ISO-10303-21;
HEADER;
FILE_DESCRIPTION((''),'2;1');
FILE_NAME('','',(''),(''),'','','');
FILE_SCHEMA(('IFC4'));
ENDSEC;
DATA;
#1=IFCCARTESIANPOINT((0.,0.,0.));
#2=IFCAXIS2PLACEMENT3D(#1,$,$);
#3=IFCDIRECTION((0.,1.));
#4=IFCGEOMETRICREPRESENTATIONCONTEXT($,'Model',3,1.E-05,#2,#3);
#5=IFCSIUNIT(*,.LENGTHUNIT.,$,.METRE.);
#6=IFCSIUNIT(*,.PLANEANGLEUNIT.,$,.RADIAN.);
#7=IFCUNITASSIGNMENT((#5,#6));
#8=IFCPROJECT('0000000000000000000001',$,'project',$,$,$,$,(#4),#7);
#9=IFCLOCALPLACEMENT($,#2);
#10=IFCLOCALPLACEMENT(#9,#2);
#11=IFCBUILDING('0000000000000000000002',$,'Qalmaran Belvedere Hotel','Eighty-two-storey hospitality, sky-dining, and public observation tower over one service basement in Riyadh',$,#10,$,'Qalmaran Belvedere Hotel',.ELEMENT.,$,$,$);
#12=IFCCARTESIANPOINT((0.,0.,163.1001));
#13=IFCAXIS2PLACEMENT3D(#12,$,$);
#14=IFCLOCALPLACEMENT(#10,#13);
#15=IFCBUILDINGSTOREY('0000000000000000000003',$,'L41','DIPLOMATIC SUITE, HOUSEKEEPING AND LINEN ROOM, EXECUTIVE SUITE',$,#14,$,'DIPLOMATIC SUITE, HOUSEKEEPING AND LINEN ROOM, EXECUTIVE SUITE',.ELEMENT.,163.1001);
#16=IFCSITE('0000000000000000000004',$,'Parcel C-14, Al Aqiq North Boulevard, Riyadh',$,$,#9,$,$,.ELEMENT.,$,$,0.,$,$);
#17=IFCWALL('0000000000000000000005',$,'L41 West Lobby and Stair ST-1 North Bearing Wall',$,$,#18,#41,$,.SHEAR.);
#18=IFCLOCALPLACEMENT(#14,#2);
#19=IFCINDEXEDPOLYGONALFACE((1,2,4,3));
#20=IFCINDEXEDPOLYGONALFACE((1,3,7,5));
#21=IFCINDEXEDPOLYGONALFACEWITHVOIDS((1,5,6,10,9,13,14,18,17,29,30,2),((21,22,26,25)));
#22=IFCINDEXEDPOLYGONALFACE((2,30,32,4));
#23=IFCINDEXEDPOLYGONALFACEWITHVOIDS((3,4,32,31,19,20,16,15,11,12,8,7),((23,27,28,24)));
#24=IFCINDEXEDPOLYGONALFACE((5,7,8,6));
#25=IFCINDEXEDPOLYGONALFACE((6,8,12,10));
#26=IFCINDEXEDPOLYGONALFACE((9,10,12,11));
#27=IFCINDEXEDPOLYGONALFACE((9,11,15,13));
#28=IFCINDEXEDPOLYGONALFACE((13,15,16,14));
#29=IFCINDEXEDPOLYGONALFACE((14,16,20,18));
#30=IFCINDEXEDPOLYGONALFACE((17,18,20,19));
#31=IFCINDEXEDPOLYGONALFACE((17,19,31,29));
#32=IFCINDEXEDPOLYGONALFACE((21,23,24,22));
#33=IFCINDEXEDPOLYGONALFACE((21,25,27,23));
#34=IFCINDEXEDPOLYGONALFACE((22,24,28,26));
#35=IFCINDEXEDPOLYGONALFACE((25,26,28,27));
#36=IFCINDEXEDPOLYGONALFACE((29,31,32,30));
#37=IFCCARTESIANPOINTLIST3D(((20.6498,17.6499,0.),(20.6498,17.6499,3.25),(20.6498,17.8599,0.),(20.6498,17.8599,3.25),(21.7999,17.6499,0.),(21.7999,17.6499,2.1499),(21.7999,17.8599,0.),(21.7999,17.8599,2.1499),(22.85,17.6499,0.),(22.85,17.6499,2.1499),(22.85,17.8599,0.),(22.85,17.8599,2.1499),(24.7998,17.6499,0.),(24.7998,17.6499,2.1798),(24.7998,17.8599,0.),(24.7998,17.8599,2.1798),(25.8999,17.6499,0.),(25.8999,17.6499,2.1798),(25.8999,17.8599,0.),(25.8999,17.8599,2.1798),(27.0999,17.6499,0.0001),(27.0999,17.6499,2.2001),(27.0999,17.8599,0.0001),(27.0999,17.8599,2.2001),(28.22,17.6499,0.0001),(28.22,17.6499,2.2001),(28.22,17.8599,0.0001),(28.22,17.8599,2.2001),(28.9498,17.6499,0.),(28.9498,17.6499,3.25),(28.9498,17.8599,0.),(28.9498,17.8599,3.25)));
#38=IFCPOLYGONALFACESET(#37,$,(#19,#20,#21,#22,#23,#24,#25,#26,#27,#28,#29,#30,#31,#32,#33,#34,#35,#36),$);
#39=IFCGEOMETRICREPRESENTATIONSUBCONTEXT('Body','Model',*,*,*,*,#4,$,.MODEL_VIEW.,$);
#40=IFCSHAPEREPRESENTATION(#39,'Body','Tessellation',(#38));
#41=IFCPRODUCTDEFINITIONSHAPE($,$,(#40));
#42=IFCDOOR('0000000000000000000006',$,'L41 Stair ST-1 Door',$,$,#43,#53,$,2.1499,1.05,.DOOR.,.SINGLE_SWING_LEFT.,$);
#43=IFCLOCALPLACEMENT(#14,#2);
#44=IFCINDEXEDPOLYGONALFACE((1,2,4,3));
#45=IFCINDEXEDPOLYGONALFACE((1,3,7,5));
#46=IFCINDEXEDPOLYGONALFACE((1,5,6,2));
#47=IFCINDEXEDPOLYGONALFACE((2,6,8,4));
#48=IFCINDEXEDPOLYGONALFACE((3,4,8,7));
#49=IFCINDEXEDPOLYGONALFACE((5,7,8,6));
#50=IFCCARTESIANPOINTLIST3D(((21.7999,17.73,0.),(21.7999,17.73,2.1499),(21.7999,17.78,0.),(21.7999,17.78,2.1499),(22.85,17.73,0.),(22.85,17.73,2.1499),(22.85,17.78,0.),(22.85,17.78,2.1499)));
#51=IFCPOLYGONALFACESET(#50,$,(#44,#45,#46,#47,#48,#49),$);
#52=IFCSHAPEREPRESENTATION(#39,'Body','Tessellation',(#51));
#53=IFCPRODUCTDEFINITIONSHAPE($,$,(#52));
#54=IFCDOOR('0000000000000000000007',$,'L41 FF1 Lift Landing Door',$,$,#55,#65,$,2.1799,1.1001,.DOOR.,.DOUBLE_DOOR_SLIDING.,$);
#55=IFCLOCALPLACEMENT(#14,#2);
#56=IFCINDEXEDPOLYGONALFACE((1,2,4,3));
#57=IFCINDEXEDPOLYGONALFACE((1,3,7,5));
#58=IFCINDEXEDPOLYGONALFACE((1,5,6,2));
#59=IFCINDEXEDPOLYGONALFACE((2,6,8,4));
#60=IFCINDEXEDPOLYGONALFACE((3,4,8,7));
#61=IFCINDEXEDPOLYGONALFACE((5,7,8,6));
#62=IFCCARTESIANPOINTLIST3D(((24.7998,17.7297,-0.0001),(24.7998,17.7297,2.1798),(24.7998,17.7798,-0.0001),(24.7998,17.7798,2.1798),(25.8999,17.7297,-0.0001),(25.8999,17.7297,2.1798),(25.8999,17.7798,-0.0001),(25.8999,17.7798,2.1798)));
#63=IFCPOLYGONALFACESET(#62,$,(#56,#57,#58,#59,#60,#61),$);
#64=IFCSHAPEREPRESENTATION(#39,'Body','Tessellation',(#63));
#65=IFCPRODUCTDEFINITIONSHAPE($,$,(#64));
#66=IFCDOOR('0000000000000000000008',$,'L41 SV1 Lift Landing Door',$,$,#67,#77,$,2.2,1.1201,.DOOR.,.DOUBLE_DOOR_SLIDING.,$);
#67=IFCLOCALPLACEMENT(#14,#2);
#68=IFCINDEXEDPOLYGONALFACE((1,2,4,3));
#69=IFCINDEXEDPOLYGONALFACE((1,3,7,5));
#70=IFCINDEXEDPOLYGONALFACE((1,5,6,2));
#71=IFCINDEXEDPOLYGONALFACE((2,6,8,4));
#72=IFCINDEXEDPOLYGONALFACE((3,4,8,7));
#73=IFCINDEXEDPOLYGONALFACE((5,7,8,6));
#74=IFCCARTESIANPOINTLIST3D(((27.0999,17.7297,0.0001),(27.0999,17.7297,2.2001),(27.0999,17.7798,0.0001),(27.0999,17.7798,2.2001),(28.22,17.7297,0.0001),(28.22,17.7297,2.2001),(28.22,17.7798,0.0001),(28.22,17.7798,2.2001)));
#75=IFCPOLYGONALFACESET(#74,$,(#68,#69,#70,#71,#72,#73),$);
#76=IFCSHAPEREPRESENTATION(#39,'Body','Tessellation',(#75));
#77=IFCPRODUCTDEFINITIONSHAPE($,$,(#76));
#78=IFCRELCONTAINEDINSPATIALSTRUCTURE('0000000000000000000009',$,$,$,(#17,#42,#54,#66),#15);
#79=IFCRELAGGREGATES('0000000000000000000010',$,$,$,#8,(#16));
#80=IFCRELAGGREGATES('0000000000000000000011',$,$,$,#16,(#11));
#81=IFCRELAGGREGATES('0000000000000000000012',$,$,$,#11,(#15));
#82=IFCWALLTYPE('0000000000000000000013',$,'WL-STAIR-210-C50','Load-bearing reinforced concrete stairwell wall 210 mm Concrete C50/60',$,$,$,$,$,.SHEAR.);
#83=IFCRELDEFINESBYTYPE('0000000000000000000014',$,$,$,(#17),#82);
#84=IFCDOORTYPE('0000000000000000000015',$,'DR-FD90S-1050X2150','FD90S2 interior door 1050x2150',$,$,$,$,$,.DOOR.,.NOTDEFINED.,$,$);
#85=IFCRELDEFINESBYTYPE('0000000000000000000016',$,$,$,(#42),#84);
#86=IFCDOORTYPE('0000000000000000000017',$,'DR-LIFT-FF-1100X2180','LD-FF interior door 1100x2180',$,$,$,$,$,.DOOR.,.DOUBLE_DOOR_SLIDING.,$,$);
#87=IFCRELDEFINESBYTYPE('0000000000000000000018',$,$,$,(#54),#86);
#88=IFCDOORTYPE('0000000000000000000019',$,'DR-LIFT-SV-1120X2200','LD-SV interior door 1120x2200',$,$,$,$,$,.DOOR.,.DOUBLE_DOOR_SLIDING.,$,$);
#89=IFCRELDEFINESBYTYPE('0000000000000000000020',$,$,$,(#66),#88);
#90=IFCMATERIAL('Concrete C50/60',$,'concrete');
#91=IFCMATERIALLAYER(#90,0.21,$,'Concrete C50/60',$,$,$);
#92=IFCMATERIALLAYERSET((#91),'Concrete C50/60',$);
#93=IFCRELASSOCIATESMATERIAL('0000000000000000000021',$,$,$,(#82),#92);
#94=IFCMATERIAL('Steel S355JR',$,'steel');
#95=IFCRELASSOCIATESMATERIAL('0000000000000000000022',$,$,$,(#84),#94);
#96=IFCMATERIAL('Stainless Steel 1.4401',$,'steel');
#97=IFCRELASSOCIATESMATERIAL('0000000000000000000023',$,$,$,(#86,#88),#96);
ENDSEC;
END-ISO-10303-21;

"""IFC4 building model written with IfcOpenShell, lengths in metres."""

from ifc_helpers import new_model, si_unit, direction, frame, frame_2d, origin, place, context, subcontext, project, spatial, rectangle, extrude, material, layer, layer_set, type_object, element, fill, save


model = new_model("IFC4")

# Units and contexts
model_context = context("Model", 3, precision=1e-05, world=origin(), true_north=direction((0.0, 1.0)))
body_context = subcontext(model_context, "Body", "Model", "MODEL_VIEW")
ifc_project = project(units=[si_unit("LENGTHUNIT", "METRE"), si_unit("PLANEANGLEUNIT", "RADIAN")], contexts=[model_context])

# Site, building, storey
site_placement = place(None, origin())
site = spatial("IfcSite", under=ifc_project, at=site_placement, Name="Parcel C-14, Al Aqiq North Boulevard, Riyadh", CompositionType="ELEMENT", RefElevation=0.0)
building_placement = place(site_placement, origin())
building = spatial("IfcBuilding", under=site, at=building_placement, Name="Qalmaran Belvedere Hotel", Description="Eighty-two-storey hospitality, sky-dining, and public observation tower over one service basement in Riyadh", LongName="Qalmaran Belvedere Hotel", CompositionType="ELEMENT")
storey_placement = place(building_placement, frame((0.0, 0.0, 163.1001)))
storey = spatial("IfcBuildingStorey", under=building, at=storey_placement, Name="L41", Description="DIPLOMATIC SUITE, HOUSEKEEPING AND LINEN ROOM, EXECUTIVE SUITE", LongName="DIPLOMATIC SUITE, HOUSEKEEPING AND LINEN ROOM, EXECUTIVE SUITE", CompositionType="ELEMENT", Elevation=163.1001)

# Shared definitions
ifc_material_1 = material(Name="Concrete C50/60", Category="concrete")

# Shared definitions
ifc_material_2 = material(Name="Steel S355JR", Category="steel")

# Wall, openings, doors
ifc_layer_1 = layer(ifc_material_1, 0.21, Name="Concrete C50/60")
ifc_layer_set_1 = layer_set([ifc_layer_1], Name="Concrete C50/60")
wall_type_1 = type_object("IfcWallType", Name="WL-STAIR-210-C50", Description="Load-bearing reinforced concrete stairwell wall 210 mm Concrete C50/60", PredefinedType="SHEAR", material=ifc_layer_set_1)
wall_1_placement = place(storey_placement, frame((20.6499, 17.7549, 0.0), z_axis=(0.0, 0.0, 1.0), x_axis=(1.0, 0.0, 0.0)))
wall_1 = element("IfcWall", 1, at=wall_1_placement, inside=storey, type_object=wall_type_1, Name="L41 West Lobby and Stair ST-1 North Bearing Wall", PredefinedType="SHEAR", context=body_context, shape_type="SweptSolid", body=[
    extrude(rectangle(XDim=8.3, YDim=0.21, at=frame_2d((4.1499, 0.0))), origin(), (0.0, 0.0, 1.0), 3.25),
])
opening_1_placement = place(wall_1_placement, frame((2.2, 0.0, 0.0), z_axis=(0.0, 0.0, 1.0), x_axis=(-1.0, 0.0, 0.0)))
opening_1 = element("IfcOpeningElement", 2, at=opening_1_placement, cuts=wall_1, PredefinedType="OPENING", context=body_context, shape_type="SweptSolid", body=[
    extrude(rectangle(XDim=1.05, YDim=2.1499, at=frame_2d((0.5249, 1.075))), frame((0.0, 0.115, 0.0), z_axis=(0.0, -1.0, 0.0), x_axis=(1.0, 0.0, 0.0)), (0.0, 0.0, 1.0), 0.23),
])
opening_2_placement = place(wall_1_placement, frame((4.1499, 0.0, 0.0)))
opening_2 = element("IfcOpeningElement", 3, at=opening_2_placement, cuts=wall_1, PredefinedType="OPENING", context=body_context, shape_type="SweptSolid", body=[
    extrude(rectangle(XDim=1.1001, YDim=2.1799, at=frame_2d((0.55, 1.0898))), frame((0.0, 0.115, 0.0), z_axis=(0.0, -1.0, 0.0), x_axis=(1.0, 0.0, 0.0)), (0.0, 0.0, 1.0), 0.23),
])
opening_3_placement = place(wall_1_placement, frame((6.45, 0.0, 0.0)))
opening_3 = element("IfcOpeningElement", 4, at=opening_3_placement, cuts=wall_1, PredefinedType="OPENING", context=body_context, shape_type="SweptSolid", body=[
    extrude(rectangle(XDim=1.1201, YDim=2.2, at=frame_2d((0.5601, 1.1001))), frame((0.0, 0.115, 0.0), z_axis=(0.0, -1.0, 0.0), x_axis=(1.0, 0.0, 0.0)), (0.0, 0.0, 1.0), 0.23),
])
door_type_1 = type_object("IfcDoorType", Name="DR-FD90S-1050X2150", Description="FD90S2 interior door 1050x2150", OperationType="NOTDEFINED", PredefinedType="DOOR", material=ifc_material_2)
door_1_placement = place(opening_1_placement, origin())
door_1 = element("IfcDoor", 5, at=door_1_placement, inside=storey, type_object=door_type_1, Name="L41 Stair ST-1 Door", OperationType="SINGLE_SWING_LEFT", OverallHeight=2.1499, OverallWidth=1.05, PredefinedType="DOOR", context=body_context, shape_type="SweptSolid", body=[
    extrude(rectangle(XDim=1.05, YDim=2.1499, at=frame_2d((0.5249, 1.075))), frame((0.0, 0.0249, 0.0), z_axis=(0.0, -1.0, 0.0), x_axis=(1.0, 0.0, 0.0)), (0.0, 0.0, 1.0), 0.05),
])
fill(opening_1, door_1)
ifc_material_3 = material(Name="Stainless Steel 1.4401", Category="steel")
door_type_2 = type_object("IfcDoorType", Name="DR-LIFT-FF-1100X2180", Description="LD-FF interior door 1100x2180", OperationType="DOUBLE_DOOR_SLIDING", PredefinedType="DOOR", material=ifc_material_3)
door_2_placement = place(opening_2_placement, origin())
door_2 = element("IfcDoor", 6, at=door_2_placement, inside=storey, type_object=door_type_2, Name="L41 FF1 Lift Landing Door", OperationType="DOUBLE_DOOR_SLIDING", OverallHeight=2.1799, OverallWidth=1.1001, PredefinedType="DOOR", context=body_context, shape_type="SweptSolid", body=[
    extrude(rectangle(XDim=1.1001, YDim=2.1799, at=frame_2d((0.55, 1.0898))), frame((0.0, 0.0249, 0.0), z_axis=(0.0, -1.0, 0.0), x_axis=(1.0, 0.0, 0.0)), (0.0, 0.0, 1.0), 0.05),
])
fill(opening_2, door_2)
door_type_3 = type_object("IfcDoorType", Name="DR-LIFT-SV-1120X2200", Description="LD-SV interior door 1120x2200", OperationType="DOUBLE_DOOR_SLIDING", PredefinedType="DOOR", material=ifc_material_3)
door_3_placement = place(opening_3_placement, origin())
door_3 = element("IfcDoor", 7, at=door_3_placement, inside=storey, type_object=door_type_3, Name="L41 SV1 Lift Landing Door", OperationType="DOUBLE_DOOR_SLIDING", OverallHeight=2.2, OverallWidth=1.1201, PredefinedType="DOOR", context=body_context, shape_type="SweptSolid", body=[
    extrude(rectangle(XDim=1.1201, YDim=2.2, at=frame_2d((0.5601, 1.1001))), frame((0.0, 0.0249, 0.0), z_axis=(0.0, -1.0, 0.0), x_axis=(1.0, 0.0, 0.0)), (0.0, 0.0, 1.0), 0.05),
])
fill(opening_3, door_3)

save(model, "model.ifc")
